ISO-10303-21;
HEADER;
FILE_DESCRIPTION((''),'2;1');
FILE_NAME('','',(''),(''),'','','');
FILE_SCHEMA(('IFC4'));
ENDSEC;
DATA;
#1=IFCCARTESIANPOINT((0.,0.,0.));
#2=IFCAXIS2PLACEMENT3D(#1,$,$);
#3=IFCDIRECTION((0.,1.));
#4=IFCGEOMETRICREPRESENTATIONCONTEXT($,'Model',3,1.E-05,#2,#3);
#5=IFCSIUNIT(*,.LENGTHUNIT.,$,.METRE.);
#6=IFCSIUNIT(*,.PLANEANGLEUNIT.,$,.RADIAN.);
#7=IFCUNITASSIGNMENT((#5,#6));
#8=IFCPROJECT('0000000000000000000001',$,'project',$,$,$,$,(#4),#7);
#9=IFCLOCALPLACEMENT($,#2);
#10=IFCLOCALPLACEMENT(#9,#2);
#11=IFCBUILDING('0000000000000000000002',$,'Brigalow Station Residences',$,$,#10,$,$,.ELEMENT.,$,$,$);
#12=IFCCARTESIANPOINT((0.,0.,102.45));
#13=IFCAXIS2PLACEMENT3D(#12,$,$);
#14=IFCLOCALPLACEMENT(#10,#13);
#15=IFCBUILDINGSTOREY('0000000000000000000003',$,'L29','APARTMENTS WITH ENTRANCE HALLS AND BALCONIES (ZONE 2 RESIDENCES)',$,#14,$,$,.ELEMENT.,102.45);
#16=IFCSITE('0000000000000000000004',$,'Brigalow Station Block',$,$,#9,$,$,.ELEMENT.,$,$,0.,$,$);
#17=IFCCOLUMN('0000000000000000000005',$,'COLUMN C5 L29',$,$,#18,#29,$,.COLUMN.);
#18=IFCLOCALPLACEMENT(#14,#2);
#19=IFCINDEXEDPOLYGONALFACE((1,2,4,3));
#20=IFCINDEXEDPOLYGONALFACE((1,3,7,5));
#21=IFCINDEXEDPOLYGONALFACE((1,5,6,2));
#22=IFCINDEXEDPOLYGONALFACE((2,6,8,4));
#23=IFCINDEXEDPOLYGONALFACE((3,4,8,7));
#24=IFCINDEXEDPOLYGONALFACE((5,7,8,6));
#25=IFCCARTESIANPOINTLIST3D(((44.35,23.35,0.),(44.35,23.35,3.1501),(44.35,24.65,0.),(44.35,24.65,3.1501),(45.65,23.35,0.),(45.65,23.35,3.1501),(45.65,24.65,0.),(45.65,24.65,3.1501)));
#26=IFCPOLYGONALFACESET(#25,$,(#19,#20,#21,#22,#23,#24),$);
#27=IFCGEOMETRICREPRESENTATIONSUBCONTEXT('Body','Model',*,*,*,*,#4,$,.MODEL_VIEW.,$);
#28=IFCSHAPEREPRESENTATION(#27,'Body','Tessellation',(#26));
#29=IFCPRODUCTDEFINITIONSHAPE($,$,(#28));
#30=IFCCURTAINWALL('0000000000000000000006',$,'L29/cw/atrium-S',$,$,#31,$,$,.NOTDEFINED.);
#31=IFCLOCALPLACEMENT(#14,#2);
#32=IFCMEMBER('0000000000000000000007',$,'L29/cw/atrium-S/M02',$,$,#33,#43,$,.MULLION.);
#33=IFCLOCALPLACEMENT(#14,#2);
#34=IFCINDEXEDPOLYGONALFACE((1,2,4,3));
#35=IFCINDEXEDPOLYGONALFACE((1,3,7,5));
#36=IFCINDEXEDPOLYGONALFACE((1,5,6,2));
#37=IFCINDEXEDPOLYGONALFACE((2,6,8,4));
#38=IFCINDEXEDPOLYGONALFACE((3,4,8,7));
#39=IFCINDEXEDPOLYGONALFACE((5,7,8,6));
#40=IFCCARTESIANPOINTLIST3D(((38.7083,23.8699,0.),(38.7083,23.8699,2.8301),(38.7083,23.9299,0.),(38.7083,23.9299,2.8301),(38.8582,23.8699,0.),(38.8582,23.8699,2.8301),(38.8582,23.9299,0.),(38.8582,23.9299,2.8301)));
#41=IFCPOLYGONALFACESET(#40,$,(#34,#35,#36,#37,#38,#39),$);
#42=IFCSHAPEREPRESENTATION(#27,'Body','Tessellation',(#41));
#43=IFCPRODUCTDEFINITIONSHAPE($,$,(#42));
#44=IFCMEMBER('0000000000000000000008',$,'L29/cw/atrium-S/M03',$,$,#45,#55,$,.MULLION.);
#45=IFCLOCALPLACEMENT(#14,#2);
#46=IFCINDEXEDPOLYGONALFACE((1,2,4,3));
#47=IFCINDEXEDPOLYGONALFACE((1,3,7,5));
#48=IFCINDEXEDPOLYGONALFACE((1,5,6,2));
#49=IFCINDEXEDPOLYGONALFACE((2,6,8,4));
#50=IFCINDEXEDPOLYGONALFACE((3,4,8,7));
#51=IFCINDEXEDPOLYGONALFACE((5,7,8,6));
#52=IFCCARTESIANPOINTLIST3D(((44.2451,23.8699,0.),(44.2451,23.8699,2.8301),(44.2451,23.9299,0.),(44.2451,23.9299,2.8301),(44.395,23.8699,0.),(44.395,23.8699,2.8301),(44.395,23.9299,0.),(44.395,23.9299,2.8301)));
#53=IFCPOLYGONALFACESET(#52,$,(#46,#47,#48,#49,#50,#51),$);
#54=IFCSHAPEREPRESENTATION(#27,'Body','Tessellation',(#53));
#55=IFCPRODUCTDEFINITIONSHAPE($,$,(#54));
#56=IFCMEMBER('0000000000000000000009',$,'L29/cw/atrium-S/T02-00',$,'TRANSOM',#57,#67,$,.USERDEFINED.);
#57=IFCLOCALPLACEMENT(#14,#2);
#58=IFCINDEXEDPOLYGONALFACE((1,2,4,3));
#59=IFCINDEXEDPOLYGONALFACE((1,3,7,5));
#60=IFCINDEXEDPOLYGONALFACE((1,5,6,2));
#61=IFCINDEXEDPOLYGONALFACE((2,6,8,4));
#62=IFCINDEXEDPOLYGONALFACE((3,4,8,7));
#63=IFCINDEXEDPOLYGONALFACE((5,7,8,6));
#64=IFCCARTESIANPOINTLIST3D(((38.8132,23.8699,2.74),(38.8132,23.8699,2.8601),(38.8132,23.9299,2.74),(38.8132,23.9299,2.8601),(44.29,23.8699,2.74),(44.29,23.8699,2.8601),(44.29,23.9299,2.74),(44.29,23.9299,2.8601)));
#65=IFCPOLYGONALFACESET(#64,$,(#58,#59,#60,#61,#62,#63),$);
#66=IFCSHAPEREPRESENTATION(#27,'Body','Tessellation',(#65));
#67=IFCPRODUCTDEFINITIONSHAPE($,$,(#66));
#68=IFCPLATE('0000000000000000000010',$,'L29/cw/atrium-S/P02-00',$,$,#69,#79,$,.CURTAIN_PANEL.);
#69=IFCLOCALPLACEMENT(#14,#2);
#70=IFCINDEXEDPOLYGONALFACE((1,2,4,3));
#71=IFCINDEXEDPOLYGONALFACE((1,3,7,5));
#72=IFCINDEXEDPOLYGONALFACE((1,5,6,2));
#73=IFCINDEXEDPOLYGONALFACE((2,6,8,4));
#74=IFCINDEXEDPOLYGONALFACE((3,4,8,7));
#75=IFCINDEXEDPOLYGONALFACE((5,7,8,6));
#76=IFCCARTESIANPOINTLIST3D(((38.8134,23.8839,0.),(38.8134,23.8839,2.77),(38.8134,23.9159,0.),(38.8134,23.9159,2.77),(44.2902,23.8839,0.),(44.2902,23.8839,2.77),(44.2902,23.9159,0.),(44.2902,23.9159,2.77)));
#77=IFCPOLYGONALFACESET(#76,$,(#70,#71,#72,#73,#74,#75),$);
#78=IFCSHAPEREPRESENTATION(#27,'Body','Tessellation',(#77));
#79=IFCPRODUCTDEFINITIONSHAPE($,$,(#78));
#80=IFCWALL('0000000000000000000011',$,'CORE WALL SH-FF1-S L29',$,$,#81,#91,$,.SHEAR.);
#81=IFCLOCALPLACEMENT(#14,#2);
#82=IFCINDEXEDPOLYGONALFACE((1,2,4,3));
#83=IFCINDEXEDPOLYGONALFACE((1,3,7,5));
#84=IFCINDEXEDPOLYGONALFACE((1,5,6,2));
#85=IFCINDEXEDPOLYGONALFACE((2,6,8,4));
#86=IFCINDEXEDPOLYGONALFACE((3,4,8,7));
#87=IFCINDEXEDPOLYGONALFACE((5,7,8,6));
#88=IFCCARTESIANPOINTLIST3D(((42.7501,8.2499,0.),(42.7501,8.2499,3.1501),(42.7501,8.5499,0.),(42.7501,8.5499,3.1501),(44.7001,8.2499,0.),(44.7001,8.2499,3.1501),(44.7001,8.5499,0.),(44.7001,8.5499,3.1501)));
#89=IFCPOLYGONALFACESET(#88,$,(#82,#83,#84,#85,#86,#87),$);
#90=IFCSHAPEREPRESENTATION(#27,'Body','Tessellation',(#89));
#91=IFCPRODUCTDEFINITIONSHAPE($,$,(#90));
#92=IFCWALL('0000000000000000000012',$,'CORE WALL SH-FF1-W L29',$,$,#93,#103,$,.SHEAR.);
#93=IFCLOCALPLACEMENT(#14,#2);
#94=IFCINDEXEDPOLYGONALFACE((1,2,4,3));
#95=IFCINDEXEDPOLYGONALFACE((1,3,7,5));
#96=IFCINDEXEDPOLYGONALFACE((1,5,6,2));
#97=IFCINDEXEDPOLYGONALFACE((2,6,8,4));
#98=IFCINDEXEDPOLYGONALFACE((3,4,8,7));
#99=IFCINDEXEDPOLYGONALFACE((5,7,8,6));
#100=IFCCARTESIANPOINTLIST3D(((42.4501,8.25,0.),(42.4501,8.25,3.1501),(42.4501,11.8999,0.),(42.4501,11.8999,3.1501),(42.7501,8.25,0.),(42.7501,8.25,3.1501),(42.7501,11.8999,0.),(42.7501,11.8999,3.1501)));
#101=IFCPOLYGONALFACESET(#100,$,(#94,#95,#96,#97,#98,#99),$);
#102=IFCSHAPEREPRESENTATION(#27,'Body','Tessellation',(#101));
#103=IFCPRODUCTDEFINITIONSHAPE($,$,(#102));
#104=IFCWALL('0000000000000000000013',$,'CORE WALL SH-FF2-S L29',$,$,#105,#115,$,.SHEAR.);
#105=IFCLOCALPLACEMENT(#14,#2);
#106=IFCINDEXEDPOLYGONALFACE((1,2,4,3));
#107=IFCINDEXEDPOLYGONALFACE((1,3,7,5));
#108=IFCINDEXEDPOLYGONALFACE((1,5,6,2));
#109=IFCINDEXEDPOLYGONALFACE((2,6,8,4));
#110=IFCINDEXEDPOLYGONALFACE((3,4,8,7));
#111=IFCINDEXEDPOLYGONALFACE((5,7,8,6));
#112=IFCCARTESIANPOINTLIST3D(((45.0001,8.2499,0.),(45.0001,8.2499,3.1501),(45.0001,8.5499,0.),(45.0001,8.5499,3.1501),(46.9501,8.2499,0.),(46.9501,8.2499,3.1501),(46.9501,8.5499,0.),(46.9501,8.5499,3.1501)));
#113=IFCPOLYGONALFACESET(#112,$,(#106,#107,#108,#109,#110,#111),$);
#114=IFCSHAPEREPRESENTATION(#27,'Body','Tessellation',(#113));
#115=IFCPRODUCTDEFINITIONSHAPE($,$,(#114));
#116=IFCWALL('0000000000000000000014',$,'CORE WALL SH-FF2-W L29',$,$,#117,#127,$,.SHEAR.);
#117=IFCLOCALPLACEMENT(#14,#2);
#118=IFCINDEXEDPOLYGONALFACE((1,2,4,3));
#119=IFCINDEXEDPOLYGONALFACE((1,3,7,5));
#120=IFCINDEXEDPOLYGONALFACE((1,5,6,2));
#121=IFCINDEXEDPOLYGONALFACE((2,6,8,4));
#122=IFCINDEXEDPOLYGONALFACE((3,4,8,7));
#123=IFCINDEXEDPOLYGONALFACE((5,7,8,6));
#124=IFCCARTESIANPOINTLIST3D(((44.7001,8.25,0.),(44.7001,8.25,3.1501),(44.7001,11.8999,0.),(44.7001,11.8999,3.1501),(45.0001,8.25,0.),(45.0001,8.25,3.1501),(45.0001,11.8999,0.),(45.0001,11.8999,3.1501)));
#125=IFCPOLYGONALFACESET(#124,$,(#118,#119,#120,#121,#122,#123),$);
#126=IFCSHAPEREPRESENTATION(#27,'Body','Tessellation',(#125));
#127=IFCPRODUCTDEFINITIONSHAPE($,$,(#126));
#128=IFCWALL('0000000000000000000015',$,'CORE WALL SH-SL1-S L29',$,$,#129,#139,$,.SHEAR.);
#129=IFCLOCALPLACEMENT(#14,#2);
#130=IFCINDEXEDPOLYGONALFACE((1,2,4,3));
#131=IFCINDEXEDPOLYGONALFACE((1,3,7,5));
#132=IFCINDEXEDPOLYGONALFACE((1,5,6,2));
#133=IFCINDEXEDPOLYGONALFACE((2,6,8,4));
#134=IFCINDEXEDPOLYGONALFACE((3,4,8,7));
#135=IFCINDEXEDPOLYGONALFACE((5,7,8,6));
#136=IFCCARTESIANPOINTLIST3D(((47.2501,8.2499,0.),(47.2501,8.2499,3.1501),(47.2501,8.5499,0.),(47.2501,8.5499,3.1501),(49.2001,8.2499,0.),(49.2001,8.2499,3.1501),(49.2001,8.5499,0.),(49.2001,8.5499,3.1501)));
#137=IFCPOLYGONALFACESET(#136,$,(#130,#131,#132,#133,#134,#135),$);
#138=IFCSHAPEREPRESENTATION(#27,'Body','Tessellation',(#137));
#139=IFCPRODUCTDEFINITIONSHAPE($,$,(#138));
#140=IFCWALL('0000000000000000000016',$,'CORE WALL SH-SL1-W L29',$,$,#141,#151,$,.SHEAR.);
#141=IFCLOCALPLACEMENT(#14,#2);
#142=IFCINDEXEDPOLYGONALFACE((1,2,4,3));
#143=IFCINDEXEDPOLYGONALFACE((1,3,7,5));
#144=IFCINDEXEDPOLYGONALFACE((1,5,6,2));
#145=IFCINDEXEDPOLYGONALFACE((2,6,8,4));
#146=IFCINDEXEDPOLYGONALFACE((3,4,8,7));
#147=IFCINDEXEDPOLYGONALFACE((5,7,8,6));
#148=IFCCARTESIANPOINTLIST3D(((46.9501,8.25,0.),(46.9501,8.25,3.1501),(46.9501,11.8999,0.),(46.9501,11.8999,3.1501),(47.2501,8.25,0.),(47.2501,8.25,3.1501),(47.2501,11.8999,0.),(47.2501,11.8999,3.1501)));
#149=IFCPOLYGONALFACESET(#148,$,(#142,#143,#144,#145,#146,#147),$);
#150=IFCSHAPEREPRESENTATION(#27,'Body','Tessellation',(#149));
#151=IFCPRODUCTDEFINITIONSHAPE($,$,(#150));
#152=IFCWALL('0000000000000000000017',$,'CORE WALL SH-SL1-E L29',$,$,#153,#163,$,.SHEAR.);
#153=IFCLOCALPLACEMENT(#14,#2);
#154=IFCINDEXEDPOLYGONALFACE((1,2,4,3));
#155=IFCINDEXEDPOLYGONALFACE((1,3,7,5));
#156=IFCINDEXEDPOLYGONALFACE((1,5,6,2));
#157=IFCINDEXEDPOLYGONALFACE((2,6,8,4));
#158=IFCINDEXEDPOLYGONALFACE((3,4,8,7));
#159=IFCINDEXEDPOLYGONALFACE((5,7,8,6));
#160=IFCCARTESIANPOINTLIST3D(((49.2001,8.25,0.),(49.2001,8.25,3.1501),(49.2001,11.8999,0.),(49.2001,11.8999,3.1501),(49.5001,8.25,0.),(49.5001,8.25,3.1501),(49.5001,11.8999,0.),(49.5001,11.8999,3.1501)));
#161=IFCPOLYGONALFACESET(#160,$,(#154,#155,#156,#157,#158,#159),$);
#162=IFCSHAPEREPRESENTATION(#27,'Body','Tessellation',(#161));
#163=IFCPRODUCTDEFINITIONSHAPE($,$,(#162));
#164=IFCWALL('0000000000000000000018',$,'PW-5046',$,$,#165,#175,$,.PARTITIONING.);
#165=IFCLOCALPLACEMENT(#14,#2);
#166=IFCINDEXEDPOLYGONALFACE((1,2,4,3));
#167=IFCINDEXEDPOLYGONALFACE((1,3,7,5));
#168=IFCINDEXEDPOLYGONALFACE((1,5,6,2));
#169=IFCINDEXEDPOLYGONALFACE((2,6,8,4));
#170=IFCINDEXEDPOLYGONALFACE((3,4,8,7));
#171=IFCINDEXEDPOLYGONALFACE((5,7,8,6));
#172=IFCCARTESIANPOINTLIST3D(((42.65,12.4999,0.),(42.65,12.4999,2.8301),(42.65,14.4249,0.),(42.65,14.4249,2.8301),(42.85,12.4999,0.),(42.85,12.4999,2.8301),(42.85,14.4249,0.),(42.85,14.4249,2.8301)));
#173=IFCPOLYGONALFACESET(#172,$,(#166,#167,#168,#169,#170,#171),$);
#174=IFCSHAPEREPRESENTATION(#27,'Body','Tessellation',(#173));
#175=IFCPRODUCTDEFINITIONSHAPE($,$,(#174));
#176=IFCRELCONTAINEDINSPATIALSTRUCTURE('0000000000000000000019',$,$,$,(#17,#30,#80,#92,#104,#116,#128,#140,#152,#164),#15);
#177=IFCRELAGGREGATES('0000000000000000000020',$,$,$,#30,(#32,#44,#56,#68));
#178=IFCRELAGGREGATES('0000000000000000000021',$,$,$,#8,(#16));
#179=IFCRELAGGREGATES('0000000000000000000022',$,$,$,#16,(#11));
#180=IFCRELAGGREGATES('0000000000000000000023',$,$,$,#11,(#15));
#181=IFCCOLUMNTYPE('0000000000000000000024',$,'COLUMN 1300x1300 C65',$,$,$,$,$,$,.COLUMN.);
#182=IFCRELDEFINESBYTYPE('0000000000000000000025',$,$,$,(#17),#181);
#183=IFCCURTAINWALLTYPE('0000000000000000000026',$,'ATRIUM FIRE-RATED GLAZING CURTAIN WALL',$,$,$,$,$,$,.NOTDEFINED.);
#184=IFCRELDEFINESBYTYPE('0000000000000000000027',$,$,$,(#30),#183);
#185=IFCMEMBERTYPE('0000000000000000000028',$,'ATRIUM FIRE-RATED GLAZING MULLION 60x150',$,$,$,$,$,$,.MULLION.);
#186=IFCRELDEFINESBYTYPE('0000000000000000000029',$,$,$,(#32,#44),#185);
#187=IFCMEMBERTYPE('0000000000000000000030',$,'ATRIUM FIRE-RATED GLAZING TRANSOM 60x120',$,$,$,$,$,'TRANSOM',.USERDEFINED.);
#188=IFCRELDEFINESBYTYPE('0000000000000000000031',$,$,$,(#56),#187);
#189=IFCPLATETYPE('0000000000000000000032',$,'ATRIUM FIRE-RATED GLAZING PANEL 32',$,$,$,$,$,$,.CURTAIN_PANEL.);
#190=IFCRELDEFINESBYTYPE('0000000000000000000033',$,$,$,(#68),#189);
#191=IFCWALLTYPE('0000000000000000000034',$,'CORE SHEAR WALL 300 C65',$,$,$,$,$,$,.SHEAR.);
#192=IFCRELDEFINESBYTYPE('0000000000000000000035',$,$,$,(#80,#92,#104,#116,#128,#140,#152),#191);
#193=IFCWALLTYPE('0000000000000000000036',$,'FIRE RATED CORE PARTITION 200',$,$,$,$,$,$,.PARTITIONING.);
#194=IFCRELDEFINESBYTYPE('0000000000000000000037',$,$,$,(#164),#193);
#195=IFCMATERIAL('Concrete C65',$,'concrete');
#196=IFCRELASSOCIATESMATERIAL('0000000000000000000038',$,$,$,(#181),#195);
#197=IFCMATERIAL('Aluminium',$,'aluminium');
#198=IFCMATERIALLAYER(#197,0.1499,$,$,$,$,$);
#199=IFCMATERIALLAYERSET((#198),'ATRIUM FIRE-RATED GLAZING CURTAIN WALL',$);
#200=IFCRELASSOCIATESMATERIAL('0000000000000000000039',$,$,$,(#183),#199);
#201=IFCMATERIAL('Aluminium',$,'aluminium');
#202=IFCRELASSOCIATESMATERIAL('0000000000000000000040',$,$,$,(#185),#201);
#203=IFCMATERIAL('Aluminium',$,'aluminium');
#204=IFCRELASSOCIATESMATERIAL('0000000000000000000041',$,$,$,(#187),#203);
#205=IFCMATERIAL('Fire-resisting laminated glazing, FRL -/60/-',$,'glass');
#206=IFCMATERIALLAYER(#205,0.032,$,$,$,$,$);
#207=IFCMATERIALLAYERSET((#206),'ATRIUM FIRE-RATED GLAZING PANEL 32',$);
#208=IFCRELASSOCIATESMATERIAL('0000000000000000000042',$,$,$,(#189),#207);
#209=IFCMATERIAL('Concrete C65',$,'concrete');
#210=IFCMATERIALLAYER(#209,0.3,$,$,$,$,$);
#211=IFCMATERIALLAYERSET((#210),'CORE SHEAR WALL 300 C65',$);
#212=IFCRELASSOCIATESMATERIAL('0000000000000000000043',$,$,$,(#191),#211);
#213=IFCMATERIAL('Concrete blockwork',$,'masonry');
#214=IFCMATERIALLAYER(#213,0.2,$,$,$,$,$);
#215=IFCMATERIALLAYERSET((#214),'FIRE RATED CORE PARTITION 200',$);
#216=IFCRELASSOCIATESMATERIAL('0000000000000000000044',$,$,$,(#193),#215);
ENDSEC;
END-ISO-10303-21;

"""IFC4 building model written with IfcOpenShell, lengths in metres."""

from ifc_helpers import new_model, si_unit, direction, frame, frame_2d, origin, origin_2d, place, context, subcontext, project, spatial, rectangle, extrude, material, layer, layer_set, material_profile, profile_set, type_object, element, aggregate, save


model = new_model("IFC4")

# Units and contexts
model_context = context("Model", 3, precision=1e-05, world=origin(), true_north=direction((0.0, 1.0)))
body_context = subcontext(model_context, "Body", "Model", "MODEL_VIEW")
ifc_project = project(units=[si_unit("LENGTHUNIT", "METRE"), si_unit("PLANEANGLEUNIT", "RADIAN")], contexts=[model_context])

# Site, building, storey
site_placement = place(None, origin())
site = spatial("IfcSite", under=ifc_project, at=site_placement, Name="Brigalow Station Block", CompositionType="ELEMENT", RefElevation=0.0)
building_placement = place(site_placement, origin())
building = spatial("IfcBuilding", under=site, at=building_placement, Name="Brigalow Station Residences", CompositionType="ELEMENT")
storey_placement = place(building_placement, frame((0.0, 0.0, 102.45)))
storey = spatial("IfcBuildingStorey", under=building, at=storey_placement, Name="L29", Description="APARTMENTS WITH ENTRANCE HALLS AND BALCONIES (ZONE 2 RESIDENCES)", CompositionType="ELEMENT", Elevation=102.45)

# Column
ifc_material_1 = material(Name="Concrete C65", Category="concrete")
ifc_material_profile_1 = material_profile(ifc_material_1, rectangle(XDim=1.3, YDim=1.3, at=origin_2d()), Name="RC1300x1300")
ifc_profile_set_1 = profile_set([ifc_material_profile_1], Name="Concrete C65")
column_type = type_object("IfcColumnType", Name="COLUMN 1300x1300 C65", PredefinedType="COLUMN", material=ifc_profile_set_1)
column_placement = place(storey_placement, frame((45.0, 24.0, 0.0), z_axis=(0.0, 0.0, 1.0), x_axis=(1.0, 0.0, 0.0)))
element("IfcColumn", 1, at=column_placement, inside=storey, type_object=column_type, Name="COLUMN C5 L29", PredefinedType="COLUMN", context=body_context, shape_type="SweptSolid", body=[
    extrude(rectangle(XDim=1.3, YDim=1.3, at=origin_2d()), origin(), (0.0, 0.0, 1.0), 3.1501),
])

# Curtain wall, members, plate
ifc_material_2 = material(Name="Aluminium", Category="aluminium")
ifc_layer_1 = layer(ifc_material_2, 0.1499)
ifc_layer_set_1 = layer_set([ifc_layer_1], Name="ATRIUM FIRE-RATED GLAZING CURTAIN WALL")
curtain_wall_type = type_object("IfcCurtainWallType", Name="ATRIUM FIRE-RATED GLAZING CURTAIN WALL", PredefinedType="NOTDEFINED", material=ifc_layer_set_1)
curtain_wall_placement = place(storey_placement, origin())
curtain_wall = element("IfcCurtainWall", 2, at=curtain_wall_placement, inside=storey, type_object=curtain_wall_type, Name="L29/cw/atrium-S", PredefinedType="NOTDEFINED")
ifc_material_3 = material(Name="Aluminium", Category="aluminium")
ifc_material_profile_2 = material_profile(ifc_material_3, rectangle(XDim=0.0601, YDim=0.1499, at=origin_2d()), Name="ATRIUM FIRE-RATED GLAZING MULLION 60x150")
ifc_profile_set_2 = profile_set([ifc_material_profile_2], Name="Aluminium")
member_type_1 = type_object("IfcMemberType", Name="ATRIUM FIRE-RATED GLAZING MULLION 60x150", PredefinedType="MULLION", material=ifc_profile_set_2)
member_1_placement = place(storey_placement, frame((38.7832, 23.8999, 0.0), z_axis=(0.0, 0.0, 1.0), x_axis=(0.0, 1.0, 0.0)))
member_1 = element("IfcMember", 3, at=member_1_placement, type_object=member_type_1, Name="L29/cw/atrium-S/M02", PredefinedType="MULLION", context=body_context, shape_type="SweptSolid", body=[
    extrude(rectangle(XDim=0.0601, YDim=0.1499, at=origin_2d()), origin(), (0.0, 0.0, 1.0), 2.8301),
])
member_2_placement = place(storey_placement, frame((44.3201, 23.8999, 0.0), z_axis=(0.0, 0.0, 1.0), x_axis=(0.0, 1.0, 0.0)))
member_2 = element("IfcMember", 4, at=member_2_placement, type_object=member_type_1, Name="L29/cw/atrium-S/M03", PredefinedType="MULLION", context=body_context, shape_type="SweptSolid", body=[
    extrude(rectangle(XDim=0.0601, YDim=0.1499, at=origin_2d()), origin(), (0.0, 0.0, 1.0), 2.8301),
])
ifc_material_4 = material(Name="Aluminium", Category="aluminium")
ifc_material_profile_3 = material_profile(ifc_material_4, rectangle(XDim=0.0601, YDim=0.1201, at=origin_2d()), Name="ATRIUM FIRE-RATED GLAZING TRANSOM 60x120")
ifc_profile_set_3 = profile_set([ifc_material_profile_3], Name="Aluminium")
member_type_2 = type_object("IfcMemberType", Name="ATRIUM FIRE-RATED GLAZING TRANSOM 60x120", ElementType="TRANSOM", PredefinedType="USERDEFINED", material=ifc_profile_set_3)
member_3_placement = place(storey_placement, frame((38.8132, 23.8999, 2.8), z_axis=(1.0, 0.0, 0.0), x_axis=(0.0, 1.0, 0.0)))
member_3 = element("IfcMember", 5, at=member_3_placement, type_object=member_type_2, Name="L29/cw/atrium-S/T02-00", ObjectType="TRANSOM", PredefinedType="USERDEFINED", context=body_context, shape_type="SweptSolid", body=[
    extrude(rectangle(XDim=0.0601, YDim=0.1201, at=origin_2d()), origin(), (0.0, 0.0, 1.0), 5.4768),
])
ifc_material_5 = material(Name="Fire-resisting laminated glazing, FRL -/60/-", Category="glass")
ifc_layer_2 = layer(ifc_material_5, 0.032)
ifc_layer_set_2 = layer_set([ifc_layer_2], Name="ATRIUM FIRE-RATED GLAZING PANEL 32")
plate_type = type_object("IfcPlateType", Name="ATRIUM FIRE-RATED GLAZING PANEL 32", PredefinedType="CURTAIN_PANEL", material=ifc_layer_set_2)
plate_placement = place(storey_placement, frame((41.5518, 23.8999, 0.0), z_axis=(0.0, 0.0, 1.0), x_axis=(1.0, 0.0, 0.0)))
plate = element("IfcPlate", 6, at=plate_placement, type_object=plate_type, Name="L29/cw/atrium-S/P02-00", PredefinedType="CURTAIN_PANEL", context=body_context, shape_type="SweptSolid", body=[
    extrude(rectangle(XDim=5.4768, YDim=0.032, at=origin_2d()), origin(), (0.0, 0.0, 1.0), 2.77),
])
aggregate(curtain_wall, [member_1, member_2, member_3, plate])

# Walls
ifc_material_6 = material(Name="Concrete C65", Category="concrete")
ifc_layer_3 = layer(ifc_material_6, 0.3)
ifc_layer_set_3 = layer_set([ifc_layer_3], Name="CORE SHEAR WALL 300 C65")
wall_type_1 = type_object("IfcWallType", Name="CORE SHEAR WALL 300 C65", PredefinedType="SHEAR", material=ifc_layer_set_3)
wall_1_placement = place(storey_placement, frame((42.75, 8.3999, 0.0), z_axis=(0.0, 0.0, 1.0), x_axis=(1.0, 0.0, 0.0)))
element("IfcWall", 7, at=wall_1_placement, inside=storey, type_object=wall_type_1, Name="CORE WALL SH-FF1-S L29", PredefinedType="SHEAR", context=body_context, shape_type="SweptSolid", body=[
    extrude(rectangle(XDim=1.95, YDim=0.3, at=frame_2d((0.9751, 0.0))), origin(), (0.0, 0.0, 1.0), 3.1501),
])
wall_2_placement = place(storey_placement, frame((42.6001, 8.25, 0.0), z_axis=(0.0, 0.0, 1.0), x_axis=(0.0, 1.0, 0.0)))
element("IfcWall", 8, at=wall_2_placement, inside=storey, type_object=wall_type_1, Name="CORE WALL SH-FF1-W L29", PredefinedType="SHEAR", context=body_context, shape_type="SweptSolid", body=[
    extrude(rectangle(XDim=3.6499, YDim=0.3, at=frame_2d((1.825, 0.0))), origin(), (0.0, 0.0, 1.0), 3.1501),
])
wall_3_placement = place(storey_placement, frame((45.0, 8.3999, 0.0), z_axis=(0.0, 0.0, 1.0), x_axis=(1.0, 0.0, 0.0)))
element("IfcWall", 9, at=wall_3_placement, inside=storey, type_object=wall_type_1, Name="CORE WALL SH-FF2-S L29", PredefinedType="SHEAR", context=body_context, shape_type="SweptSolid", body=[
    extrude(rectangle(XDim=1.95, YDim=0.3, at=frame_2d((0.9751, 0.0))), origin(), (0.0, 0.0, 1.0), 3.1501),
])
wall_4_placement = place(storey_placement, frame((44.8501, 8.25, 0.0), z_axis=(0.0, 0.0, 1.0), x_axis=(0.0, 1.0, 0.0)))
element("IfcWall", 10, at=wall_4_placement, inside=storey, type_object=wall_type_1, Name="CORE WALL SH-FF2-W L29", PredefinedType="SHEAR", context=body_context, shape_type="SweptSolid", body=[
    extrude(rectangle(XDim=3.6499, YDim=0.3, at=frame_2d((1.825, 0.0))), origin(), (0.0, 0.0, 1.0), 3.1501),
])
wall_5_placement = place(storey_placement, frame((47.25, 8.3999, 0.0), z_axis=(0.0, 0.0, 1.0), x_axis=(1.0, 0.0, 0.0)))
element("IfcWall", 11, at=wall_5_placement, inside=storey, type_object=wall_type_1, Name="CORE WALL SH-SL1-S L29", PredefinedType="SHEAR", context=body_context, shape_type="SweptSolid", body=[
    extrude(rectangle(XDim=1.95, YDim=0.3, at=frame_2d((0.9751, 0.0))), origin(), (0.0, 0.0, 1.0), 3.1501),
])
for number, where, z_axis, x_axis, name in (
    (12, (47.1001, 8.25, 0.0), (0.0, 0.0, 1.0), (0.0, 1.0, 0.0), "CORE WALL SH-SL1-W L29"),
    (13, (49.3501, 8.25, 0.0), (0.0, 0.0, 1.0), (0.0, 1.0, 0.0), "CORE WALL SH-SL1-E L29"),
):
    element("IfcWall", number, at=place(storey_placement, frame(where, z_axis=z_axis, x_axis=x_axis)), inside=storey, type_object=wall_type_1, Name=name, PredefinedType="SHEAR", context=body_context, shape_type="SweptSolid", body=[
        extrude(rectangle(XDim=3.6499, YDim=0.3, at=frame_2d((1.825, 0.0))), origin(), (0.0, 0.0, 1.0), 3.1501),
    ])
ifc_material_7 = material(Name="Concrete blockwork", Category="masonry")
ifc_layer_4 = layer(ifc_material_7, 0.2)
ifc_layer_set_4 = layer_set([ifc_layer_4], Name="FIRE RATED CORE PARTITION 200")
wall_type_2 = type_object("IfcWallType", Name="FIRE RATED CORE PARTITION 200", PredefinedType="PARTITIONING", material=ifc_layer_set_4)
wall_6_placement = place(storey_placement, frame((42.75, 12.5, 0.0), z_axis=(0.0, 0.0, 1.0), x_axis=(0.0, 1.0, 0.0)))
element("IfcWall", 14, at=wall_6_placement, inside=storey, type_object=wall_type_2, Name="PW-5046", PredefinedType="PARTITIONING", context=body_context, shape_type="SweptSolid", body=[
    extrude(rectangle(XDim=1.925, YDim=0.2, at=frame_2d((0.9624, 0.0))), origin(), (0.0, 0.0, 1.0), 2.8301),
])

save(model, "model.ifc")
